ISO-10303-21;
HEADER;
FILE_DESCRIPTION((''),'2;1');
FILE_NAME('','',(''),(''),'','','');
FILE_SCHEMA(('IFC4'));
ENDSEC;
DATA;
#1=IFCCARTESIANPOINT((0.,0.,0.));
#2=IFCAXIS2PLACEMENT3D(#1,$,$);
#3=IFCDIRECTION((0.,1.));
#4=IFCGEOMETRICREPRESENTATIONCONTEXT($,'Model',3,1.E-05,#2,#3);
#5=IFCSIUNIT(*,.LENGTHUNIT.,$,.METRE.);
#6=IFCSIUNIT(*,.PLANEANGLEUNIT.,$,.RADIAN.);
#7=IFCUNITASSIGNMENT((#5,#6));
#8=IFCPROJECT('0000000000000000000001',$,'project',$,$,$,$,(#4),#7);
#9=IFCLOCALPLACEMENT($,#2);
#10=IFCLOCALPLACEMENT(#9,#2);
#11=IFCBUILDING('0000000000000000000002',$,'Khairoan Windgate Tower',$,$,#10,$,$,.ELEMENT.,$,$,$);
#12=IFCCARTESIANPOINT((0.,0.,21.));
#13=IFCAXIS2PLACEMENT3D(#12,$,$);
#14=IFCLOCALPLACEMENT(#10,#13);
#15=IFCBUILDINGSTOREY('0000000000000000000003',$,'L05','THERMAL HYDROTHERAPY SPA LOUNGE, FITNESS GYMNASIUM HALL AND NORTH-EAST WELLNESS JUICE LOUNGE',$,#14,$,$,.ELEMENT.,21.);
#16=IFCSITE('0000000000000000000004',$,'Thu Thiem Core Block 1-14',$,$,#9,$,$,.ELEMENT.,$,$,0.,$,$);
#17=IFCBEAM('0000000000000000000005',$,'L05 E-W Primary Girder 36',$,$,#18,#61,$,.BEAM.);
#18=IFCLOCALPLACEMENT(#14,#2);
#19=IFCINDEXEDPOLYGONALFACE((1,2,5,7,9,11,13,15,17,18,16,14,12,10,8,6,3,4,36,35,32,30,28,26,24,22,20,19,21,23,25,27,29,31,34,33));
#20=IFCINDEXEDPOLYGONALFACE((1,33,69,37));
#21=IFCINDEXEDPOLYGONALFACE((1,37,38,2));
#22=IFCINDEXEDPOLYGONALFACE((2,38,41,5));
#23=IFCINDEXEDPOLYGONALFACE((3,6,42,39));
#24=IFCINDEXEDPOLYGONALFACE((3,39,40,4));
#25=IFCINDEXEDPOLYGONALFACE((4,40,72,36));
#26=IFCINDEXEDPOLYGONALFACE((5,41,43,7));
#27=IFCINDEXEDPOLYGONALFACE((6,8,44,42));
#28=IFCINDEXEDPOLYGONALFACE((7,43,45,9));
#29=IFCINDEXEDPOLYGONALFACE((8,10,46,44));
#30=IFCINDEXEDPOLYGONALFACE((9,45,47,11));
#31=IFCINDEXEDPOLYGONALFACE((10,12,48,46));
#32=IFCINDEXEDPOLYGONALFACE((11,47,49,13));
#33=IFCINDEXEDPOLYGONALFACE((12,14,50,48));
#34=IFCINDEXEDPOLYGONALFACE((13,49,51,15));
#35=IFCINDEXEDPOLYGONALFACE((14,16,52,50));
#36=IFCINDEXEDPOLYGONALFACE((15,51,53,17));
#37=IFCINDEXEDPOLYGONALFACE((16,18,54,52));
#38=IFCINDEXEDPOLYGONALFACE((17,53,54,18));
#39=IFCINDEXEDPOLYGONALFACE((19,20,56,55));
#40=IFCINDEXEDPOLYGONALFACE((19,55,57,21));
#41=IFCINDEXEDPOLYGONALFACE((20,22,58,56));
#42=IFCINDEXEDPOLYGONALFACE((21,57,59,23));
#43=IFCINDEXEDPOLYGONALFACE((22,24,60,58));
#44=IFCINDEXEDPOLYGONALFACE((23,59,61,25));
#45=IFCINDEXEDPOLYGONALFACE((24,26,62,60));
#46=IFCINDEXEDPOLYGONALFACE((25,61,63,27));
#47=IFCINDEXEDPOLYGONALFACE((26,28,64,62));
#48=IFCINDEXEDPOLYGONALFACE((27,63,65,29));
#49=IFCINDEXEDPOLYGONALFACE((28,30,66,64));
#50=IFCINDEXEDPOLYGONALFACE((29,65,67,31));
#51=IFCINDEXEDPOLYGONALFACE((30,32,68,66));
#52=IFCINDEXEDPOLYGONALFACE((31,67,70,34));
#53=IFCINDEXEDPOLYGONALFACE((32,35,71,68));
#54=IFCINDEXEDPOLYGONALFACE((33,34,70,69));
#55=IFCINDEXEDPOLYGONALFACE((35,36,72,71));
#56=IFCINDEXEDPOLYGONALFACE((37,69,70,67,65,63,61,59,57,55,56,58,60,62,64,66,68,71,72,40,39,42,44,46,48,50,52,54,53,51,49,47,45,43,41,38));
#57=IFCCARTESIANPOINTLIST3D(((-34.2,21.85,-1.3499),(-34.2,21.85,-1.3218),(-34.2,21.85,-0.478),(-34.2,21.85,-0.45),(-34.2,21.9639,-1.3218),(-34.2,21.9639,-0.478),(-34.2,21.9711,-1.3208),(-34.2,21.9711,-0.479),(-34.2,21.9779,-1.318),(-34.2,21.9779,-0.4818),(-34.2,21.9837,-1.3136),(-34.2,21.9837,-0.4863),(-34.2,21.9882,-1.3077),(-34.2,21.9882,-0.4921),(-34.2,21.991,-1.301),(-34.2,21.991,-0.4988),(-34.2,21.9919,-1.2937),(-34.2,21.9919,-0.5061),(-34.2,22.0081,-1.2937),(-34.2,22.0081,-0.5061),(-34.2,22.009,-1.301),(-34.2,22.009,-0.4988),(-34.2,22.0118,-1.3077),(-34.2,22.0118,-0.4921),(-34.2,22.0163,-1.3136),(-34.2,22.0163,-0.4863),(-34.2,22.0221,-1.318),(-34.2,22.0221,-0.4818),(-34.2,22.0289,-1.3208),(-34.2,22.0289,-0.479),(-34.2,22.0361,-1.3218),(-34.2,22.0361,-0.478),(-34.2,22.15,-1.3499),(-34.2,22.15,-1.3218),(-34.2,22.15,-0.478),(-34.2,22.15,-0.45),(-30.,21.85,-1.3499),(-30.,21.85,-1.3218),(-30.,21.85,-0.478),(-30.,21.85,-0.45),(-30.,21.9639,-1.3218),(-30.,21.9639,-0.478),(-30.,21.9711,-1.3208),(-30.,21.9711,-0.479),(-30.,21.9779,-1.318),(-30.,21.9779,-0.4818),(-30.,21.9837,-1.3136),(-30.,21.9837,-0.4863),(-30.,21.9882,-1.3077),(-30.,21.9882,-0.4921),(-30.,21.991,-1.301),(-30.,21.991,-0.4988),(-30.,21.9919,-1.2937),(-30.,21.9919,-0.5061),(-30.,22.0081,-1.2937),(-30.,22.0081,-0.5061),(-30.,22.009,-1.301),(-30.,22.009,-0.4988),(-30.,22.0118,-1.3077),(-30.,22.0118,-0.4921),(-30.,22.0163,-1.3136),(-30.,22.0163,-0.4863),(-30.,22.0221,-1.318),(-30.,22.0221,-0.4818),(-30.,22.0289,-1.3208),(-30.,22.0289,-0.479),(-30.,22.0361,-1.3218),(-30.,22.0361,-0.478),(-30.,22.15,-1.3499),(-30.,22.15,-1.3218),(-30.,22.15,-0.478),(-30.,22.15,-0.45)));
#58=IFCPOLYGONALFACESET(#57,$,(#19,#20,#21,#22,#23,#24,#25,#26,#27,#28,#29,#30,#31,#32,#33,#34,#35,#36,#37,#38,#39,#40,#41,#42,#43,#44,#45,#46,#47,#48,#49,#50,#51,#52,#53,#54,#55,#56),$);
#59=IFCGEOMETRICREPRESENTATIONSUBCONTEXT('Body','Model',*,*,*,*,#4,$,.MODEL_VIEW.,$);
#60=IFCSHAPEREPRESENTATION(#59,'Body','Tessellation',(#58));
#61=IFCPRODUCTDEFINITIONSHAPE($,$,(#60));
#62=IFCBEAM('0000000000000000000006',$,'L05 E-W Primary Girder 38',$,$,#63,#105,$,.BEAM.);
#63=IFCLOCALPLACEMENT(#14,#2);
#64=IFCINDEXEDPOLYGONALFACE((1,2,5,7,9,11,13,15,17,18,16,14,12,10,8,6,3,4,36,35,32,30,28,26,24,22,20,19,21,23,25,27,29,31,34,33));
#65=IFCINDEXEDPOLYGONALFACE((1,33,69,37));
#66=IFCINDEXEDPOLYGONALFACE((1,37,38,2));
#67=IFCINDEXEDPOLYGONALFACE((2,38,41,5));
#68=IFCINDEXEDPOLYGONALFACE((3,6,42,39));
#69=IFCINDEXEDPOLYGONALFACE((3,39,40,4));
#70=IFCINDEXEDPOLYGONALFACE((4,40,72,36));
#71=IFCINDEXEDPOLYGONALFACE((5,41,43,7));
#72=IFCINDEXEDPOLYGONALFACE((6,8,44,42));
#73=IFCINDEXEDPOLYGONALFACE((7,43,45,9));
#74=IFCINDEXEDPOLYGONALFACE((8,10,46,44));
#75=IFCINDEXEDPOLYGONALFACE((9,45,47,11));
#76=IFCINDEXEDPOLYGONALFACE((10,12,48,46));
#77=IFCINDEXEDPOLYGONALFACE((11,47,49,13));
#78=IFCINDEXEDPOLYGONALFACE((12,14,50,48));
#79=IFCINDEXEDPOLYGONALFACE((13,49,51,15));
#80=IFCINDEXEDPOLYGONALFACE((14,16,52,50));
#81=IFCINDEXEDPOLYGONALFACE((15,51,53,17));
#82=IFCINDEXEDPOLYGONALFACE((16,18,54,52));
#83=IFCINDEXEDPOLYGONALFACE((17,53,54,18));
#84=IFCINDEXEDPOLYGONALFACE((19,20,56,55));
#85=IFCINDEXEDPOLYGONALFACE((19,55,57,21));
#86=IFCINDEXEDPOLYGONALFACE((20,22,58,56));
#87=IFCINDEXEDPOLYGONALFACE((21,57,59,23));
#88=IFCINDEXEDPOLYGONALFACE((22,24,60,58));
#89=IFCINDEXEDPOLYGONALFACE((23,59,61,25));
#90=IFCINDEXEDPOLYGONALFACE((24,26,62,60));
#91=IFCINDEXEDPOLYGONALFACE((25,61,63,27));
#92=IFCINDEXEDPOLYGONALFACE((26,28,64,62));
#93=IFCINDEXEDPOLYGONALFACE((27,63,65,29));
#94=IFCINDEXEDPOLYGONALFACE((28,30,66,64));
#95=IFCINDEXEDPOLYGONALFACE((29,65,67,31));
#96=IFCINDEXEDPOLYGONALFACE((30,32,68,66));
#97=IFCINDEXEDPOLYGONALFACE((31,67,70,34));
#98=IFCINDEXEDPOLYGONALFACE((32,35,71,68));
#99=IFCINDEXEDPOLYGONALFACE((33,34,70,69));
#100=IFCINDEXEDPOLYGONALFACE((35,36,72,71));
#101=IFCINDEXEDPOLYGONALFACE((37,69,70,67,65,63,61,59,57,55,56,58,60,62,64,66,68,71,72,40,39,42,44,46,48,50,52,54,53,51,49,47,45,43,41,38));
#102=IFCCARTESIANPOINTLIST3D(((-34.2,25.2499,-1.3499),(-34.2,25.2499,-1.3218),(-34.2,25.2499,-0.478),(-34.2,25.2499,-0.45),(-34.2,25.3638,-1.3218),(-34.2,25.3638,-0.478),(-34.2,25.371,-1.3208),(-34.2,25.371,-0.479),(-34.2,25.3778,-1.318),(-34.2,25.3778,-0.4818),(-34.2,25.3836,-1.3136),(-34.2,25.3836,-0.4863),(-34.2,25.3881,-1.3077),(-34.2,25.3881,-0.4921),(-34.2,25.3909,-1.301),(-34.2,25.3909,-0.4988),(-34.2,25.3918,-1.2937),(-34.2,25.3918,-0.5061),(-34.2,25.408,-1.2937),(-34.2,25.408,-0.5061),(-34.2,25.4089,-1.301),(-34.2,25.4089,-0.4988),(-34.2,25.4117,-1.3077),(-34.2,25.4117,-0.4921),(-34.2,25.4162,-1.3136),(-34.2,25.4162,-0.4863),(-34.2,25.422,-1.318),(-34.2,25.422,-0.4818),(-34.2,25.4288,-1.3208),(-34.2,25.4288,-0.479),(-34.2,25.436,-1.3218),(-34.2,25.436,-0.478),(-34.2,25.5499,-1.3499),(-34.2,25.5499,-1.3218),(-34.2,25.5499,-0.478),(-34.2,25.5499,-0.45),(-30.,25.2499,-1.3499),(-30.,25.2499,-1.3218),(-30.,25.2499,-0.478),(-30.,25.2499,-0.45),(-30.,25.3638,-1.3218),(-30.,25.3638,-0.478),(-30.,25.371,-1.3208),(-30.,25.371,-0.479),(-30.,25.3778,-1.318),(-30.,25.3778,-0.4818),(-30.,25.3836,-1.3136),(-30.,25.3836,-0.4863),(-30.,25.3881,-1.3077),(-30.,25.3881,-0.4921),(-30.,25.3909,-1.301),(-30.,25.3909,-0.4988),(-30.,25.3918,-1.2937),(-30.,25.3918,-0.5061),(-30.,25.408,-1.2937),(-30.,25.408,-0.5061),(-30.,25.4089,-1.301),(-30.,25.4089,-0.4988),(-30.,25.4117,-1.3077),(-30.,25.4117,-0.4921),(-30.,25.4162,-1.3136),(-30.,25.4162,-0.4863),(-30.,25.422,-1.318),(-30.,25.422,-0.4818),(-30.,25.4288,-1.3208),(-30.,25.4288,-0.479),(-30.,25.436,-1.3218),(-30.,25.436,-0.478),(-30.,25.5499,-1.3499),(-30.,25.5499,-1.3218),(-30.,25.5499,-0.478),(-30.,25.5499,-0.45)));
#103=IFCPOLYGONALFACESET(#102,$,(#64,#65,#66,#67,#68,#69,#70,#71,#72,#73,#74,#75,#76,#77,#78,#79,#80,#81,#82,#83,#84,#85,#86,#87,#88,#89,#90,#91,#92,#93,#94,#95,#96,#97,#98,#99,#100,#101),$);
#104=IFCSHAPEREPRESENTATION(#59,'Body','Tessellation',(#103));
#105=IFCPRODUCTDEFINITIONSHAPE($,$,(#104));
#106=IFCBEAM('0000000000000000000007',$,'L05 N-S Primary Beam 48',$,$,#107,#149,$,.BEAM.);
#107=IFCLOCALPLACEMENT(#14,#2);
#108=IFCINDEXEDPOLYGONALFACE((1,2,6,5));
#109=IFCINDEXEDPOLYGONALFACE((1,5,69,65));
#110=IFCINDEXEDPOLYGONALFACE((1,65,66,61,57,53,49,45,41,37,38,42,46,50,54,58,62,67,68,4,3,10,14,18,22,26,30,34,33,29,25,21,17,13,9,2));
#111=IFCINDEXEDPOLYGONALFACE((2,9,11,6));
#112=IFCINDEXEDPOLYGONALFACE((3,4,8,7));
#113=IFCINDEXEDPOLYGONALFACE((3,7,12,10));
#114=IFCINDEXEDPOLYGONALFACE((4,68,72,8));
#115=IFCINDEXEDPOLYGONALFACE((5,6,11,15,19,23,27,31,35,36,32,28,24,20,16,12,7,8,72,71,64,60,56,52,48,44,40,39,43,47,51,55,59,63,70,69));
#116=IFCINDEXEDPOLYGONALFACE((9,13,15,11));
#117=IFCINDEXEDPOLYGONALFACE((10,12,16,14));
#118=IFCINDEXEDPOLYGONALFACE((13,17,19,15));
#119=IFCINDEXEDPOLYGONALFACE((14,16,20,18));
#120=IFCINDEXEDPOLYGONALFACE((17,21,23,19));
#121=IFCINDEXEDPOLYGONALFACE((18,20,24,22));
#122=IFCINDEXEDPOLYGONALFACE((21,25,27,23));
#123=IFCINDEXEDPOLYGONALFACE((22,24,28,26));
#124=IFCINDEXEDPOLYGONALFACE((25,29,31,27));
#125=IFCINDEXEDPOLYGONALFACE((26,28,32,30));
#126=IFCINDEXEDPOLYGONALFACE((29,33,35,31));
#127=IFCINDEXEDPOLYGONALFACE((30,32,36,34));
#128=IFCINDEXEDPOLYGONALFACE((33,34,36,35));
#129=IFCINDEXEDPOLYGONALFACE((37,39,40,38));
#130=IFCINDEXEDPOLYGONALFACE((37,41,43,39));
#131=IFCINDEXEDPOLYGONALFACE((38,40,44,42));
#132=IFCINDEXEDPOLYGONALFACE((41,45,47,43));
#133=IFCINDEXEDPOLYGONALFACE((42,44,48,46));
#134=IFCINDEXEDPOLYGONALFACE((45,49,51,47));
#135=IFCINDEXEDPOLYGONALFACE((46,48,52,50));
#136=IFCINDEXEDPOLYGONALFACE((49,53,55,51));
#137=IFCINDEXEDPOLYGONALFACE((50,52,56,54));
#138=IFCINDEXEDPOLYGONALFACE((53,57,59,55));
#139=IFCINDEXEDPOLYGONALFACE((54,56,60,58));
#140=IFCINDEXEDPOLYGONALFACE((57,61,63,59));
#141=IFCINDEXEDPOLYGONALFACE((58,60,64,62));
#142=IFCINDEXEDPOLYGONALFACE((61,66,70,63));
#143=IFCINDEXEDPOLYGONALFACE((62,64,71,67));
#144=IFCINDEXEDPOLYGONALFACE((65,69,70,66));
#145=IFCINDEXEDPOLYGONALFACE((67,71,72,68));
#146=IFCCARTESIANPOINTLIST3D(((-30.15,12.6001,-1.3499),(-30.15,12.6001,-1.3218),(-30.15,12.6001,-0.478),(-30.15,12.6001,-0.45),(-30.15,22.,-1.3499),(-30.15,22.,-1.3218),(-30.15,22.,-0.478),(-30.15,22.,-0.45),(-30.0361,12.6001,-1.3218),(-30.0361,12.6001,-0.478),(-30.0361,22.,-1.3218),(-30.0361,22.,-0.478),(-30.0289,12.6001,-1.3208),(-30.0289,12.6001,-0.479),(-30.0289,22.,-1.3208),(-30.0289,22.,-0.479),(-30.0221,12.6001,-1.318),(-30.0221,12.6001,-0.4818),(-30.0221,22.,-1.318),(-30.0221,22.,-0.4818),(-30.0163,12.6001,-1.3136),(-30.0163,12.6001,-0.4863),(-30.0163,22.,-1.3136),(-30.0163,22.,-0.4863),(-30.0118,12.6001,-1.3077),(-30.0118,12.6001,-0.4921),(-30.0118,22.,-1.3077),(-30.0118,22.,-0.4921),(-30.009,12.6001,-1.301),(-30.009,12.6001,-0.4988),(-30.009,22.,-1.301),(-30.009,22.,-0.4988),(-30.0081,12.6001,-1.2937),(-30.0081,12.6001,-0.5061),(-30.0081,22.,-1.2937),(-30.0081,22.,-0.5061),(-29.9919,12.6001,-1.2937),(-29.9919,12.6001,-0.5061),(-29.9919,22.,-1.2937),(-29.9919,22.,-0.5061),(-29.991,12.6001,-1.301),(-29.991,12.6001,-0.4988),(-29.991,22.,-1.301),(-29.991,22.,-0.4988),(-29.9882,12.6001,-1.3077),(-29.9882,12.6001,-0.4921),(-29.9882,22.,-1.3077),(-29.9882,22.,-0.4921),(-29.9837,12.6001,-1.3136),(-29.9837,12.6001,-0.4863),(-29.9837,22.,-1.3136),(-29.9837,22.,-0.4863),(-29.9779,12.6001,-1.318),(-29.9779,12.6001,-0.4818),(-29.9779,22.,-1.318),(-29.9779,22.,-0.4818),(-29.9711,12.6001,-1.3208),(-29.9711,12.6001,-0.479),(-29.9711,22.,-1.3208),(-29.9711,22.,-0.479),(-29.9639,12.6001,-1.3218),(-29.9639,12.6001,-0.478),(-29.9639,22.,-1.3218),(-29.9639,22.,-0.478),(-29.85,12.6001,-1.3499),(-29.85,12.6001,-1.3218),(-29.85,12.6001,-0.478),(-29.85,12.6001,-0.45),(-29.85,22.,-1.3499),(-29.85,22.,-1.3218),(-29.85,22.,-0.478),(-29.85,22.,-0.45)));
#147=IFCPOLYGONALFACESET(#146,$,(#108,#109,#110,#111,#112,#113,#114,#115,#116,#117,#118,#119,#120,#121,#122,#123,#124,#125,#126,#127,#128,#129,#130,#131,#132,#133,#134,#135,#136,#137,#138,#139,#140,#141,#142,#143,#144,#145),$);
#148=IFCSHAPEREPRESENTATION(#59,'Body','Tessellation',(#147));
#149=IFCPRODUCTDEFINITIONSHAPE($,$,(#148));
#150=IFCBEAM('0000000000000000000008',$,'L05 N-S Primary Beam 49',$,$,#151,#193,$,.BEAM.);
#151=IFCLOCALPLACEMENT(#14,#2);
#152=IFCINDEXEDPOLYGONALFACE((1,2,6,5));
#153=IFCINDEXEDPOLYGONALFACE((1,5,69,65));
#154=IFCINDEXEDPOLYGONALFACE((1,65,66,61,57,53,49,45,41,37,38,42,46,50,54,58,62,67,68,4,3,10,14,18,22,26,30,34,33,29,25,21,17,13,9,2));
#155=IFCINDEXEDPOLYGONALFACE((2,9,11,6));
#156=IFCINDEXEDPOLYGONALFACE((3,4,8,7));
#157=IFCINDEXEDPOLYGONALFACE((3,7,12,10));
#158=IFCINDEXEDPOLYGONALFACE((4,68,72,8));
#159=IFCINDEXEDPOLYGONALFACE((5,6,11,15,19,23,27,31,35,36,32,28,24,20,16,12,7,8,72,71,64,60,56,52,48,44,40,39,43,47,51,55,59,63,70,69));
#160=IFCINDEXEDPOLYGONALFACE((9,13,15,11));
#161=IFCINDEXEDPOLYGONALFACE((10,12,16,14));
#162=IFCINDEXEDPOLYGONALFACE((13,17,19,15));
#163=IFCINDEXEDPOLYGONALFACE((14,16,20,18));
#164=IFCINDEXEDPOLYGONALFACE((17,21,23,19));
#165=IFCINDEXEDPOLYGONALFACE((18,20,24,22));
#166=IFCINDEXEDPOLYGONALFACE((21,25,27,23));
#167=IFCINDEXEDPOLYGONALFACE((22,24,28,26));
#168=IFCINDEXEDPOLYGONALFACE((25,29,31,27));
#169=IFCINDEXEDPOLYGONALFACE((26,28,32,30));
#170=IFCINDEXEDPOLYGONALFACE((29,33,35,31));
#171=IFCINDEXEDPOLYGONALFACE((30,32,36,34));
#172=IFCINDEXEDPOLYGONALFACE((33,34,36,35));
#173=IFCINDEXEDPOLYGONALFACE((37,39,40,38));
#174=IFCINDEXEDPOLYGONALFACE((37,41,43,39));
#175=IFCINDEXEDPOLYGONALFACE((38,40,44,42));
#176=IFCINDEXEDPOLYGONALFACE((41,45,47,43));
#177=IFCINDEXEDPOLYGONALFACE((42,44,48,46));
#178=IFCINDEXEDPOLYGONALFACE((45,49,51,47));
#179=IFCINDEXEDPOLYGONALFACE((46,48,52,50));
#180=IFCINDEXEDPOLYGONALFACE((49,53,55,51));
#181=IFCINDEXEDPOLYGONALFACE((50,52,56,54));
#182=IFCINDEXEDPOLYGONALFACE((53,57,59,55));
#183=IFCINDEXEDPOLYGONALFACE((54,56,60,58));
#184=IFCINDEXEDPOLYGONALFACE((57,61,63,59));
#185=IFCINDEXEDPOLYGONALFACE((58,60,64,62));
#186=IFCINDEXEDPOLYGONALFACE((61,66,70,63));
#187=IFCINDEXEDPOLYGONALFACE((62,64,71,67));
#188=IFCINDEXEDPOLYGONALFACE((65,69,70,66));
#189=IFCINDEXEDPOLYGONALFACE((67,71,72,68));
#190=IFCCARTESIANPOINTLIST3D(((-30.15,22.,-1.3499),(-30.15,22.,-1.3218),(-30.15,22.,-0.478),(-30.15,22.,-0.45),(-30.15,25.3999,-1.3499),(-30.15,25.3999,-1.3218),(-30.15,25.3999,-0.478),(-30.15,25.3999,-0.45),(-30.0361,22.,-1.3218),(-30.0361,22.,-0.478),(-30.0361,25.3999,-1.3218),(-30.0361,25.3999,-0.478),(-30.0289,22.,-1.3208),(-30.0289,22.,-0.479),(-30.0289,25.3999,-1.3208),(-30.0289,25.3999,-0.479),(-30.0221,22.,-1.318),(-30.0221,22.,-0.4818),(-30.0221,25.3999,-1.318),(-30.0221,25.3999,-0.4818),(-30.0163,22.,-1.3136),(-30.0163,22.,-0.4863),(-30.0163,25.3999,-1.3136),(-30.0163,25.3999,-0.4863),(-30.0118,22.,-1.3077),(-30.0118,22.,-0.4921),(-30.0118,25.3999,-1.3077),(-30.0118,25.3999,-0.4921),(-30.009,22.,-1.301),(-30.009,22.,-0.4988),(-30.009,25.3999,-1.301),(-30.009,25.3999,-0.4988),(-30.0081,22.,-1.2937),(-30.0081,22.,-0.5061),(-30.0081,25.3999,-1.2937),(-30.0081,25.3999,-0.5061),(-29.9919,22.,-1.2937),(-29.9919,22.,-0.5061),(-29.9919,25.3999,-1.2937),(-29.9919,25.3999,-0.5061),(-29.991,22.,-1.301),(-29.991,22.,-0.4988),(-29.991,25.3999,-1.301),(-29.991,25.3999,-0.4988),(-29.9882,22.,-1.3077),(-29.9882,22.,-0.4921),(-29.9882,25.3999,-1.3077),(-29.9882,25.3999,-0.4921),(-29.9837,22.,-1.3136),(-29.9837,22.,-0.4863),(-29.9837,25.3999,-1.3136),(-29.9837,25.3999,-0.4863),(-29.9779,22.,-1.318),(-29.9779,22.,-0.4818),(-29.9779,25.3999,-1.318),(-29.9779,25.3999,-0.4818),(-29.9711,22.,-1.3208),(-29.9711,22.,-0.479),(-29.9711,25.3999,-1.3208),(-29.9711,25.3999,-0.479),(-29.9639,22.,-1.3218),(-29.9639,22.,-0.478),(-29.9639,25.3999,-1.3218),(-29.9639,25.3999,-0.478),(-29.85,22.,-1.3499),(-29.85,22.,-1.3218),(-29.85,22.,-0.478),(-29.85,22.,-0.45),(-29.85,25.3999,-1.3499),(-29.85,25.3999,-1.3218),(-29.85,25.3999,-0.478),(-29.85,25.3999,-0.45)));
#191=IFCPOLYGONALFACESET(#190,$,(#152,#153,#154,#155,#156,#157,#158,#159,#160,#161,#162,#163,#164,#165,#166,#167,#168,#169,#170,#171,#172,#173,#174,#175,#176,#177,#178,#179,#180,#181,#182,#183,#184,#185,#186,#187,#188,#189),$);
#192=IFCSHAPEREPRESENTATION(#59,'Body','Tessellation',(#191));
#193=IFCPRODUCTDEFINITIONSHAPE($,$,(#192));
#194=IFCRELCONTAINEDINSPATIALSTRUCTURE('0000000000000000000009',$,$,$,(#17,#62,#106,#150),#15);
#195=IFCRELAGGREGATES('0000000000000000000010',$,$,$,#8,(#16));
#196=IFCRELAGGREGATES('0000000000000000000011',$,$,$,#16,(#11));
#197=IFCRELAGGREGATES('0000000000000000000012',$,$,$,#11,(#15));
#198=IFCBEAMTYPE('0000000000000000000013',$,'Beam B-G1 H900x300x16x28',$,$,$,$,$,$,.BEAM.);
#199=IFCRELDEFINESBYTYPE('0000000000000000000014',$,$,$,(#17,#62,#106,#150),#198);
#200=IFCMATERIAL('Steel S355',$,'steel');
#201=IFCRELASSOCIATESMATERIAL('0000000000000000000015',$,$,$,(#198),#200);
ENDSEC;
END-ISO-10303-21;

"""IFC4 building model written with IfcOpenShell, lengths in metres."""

from ifc_helpers import new_model, si_unit, direction, frame, origin, origin_2d, place, context, subcontext, project, spatial, i_section, extrude, material, material_profile, profile_set, type_object, element, save


model = new_model("IFC4")

# Units and contexts
model_context = context("Model", 3, precision=1e-05, world=origin(), true_north=direction((0.0, 1.0)))
body_context = subcontext(model_context, "Body", "Model", "MODEL_VIEW")
ifc_project = project(units=[si_unit("LENGTHUNIT", "METRE"), si_unit("PLANEANGLEUNIT", "RADIAN")], contexts=[model_context])

# Site, building, storey
site_placement = place(None, origin())
site = spatial("IfcSite", under=ifc_project, at=site_placement, Name="Thu Thiem Core Block 1-14", CompositionType="ELEMENT", RefElevation=0.0)
building_placement = place(site_placement, origin())
building = spatial("IfcBuilding", under=site, at=building_placement, Name="Khairoan Windgate Tower", CompositionType="ELEMENT")
storey_placement = place(building_placement, frame((0.0, 0.0, 21.0)))
storey = spatial("IfcBuildingStorey", under=building, at=storey_placement, Name="L05", Description="THERMAL HYDROTHERAPY SPA LOUNGE, FITNESS GYMNASIUM HALL AND NORTH-EAST WELLNESS JUICE LOUNGE", CompositionType="ELEMENT", Elevation=21.0)

# Beams
ifc_material_1 = material(Name="Steel S355", Category="steel")
ifc_material_profile_1 = material_profile(ifc_material_1, i_section(OverallWidth=0.3, OverallDepth=0.8999, WebThickness=0.0161, FlangeThickness=0.0281, FilletRadius=0.0281, at=origin_2d()))
ifc_profile_set_1 = profile_set([ifc_material_profile_1], Name="Steel S355")
beam_type_1 = type_object("IfcBeamType", Name="Beam B-G1 H900x300x16x28", PredefinedType="BEAM", material=ifc_profile_set_1)
for number, where, z_axis, x_axis, name in (
    (1, (-34.2, 22.0, -0.8999), (1.0, 0.0, 0.0), (0.0, 1.0, 0.0), "L05 E-W Primary Girder 36"),
    (2, (-34.2, 25.3999, -0.8999), (1.0, 0.0, 0.0), (0.0, 1.0, 0.0), "L05 E-W Primary Girder 38"),
):
    element("IfcBeam", number, at=place(storey_placement, frame(where, z_axis=z_axis, x_axis=x_axis)), inside=storey, type_object=beam_type_1, Name=name, PredefinedType="BEAM", context=body_context, shape_type="SweptSolid", body=[
        extrude(i_section(OverallWidth=0.3, OverallDepth=0.8999, WebThickness=0.0161, FlangeThickness=0.0281, FilletRadius=0.0281, at=origin_2d()), origin(), (0.0, 0.0, 1.0), 4.2),
    ])
beam_1_placement = place(storey_placement, frame((-30.0, 12.6001, -0.8999), z_axis=(0.0, 1.0, 0.0), x_axis=(-1.0, 0.0, 0.0)))
element("IfcBeam", 3, at=beam_1_placement, inside=storey, type_object=beam_type_1, Name="L05 N-S Primary Beam 48", PredefinedType="BEAM", context=body_context, shape_type="SweptSolid", body=[
    extrude(i_section(OverallWidth=0.3, OverallDepth=0.8999, WebThickness=0.0161, FlangeThickness=0.0281, FilletRadius=0.0281, at=origin_2d()), origin(), (0.0, 0.0, 1.0), 9.3999),
])
beam_2_placement = place(storey_placement, frame((-30.0, 22.0, -0.8999), z_axis=(0.0, 1.0, 0.0), x_axis=(-1.0, 0.0, 0.0)))
element("IfcBeam", 4, at=beam_2_placement, inside=storey, type_object=beam_type_1, Name="L05 N-S Primary Beam 49", PredefinedType="BEAM", context=body_context, shape_type="SweptSolid", body=[
    extrude(i_section(OverallWidth=0.3, OverallDepth=0.8999, WebThickness=0.0161, FlangeThickness=0.0281, FilletRadius=0.0281, at=origin_2d()), origin(), (0.0, 0.0, 1.0), 3.3999),
])

save(model, "model.ifc")
